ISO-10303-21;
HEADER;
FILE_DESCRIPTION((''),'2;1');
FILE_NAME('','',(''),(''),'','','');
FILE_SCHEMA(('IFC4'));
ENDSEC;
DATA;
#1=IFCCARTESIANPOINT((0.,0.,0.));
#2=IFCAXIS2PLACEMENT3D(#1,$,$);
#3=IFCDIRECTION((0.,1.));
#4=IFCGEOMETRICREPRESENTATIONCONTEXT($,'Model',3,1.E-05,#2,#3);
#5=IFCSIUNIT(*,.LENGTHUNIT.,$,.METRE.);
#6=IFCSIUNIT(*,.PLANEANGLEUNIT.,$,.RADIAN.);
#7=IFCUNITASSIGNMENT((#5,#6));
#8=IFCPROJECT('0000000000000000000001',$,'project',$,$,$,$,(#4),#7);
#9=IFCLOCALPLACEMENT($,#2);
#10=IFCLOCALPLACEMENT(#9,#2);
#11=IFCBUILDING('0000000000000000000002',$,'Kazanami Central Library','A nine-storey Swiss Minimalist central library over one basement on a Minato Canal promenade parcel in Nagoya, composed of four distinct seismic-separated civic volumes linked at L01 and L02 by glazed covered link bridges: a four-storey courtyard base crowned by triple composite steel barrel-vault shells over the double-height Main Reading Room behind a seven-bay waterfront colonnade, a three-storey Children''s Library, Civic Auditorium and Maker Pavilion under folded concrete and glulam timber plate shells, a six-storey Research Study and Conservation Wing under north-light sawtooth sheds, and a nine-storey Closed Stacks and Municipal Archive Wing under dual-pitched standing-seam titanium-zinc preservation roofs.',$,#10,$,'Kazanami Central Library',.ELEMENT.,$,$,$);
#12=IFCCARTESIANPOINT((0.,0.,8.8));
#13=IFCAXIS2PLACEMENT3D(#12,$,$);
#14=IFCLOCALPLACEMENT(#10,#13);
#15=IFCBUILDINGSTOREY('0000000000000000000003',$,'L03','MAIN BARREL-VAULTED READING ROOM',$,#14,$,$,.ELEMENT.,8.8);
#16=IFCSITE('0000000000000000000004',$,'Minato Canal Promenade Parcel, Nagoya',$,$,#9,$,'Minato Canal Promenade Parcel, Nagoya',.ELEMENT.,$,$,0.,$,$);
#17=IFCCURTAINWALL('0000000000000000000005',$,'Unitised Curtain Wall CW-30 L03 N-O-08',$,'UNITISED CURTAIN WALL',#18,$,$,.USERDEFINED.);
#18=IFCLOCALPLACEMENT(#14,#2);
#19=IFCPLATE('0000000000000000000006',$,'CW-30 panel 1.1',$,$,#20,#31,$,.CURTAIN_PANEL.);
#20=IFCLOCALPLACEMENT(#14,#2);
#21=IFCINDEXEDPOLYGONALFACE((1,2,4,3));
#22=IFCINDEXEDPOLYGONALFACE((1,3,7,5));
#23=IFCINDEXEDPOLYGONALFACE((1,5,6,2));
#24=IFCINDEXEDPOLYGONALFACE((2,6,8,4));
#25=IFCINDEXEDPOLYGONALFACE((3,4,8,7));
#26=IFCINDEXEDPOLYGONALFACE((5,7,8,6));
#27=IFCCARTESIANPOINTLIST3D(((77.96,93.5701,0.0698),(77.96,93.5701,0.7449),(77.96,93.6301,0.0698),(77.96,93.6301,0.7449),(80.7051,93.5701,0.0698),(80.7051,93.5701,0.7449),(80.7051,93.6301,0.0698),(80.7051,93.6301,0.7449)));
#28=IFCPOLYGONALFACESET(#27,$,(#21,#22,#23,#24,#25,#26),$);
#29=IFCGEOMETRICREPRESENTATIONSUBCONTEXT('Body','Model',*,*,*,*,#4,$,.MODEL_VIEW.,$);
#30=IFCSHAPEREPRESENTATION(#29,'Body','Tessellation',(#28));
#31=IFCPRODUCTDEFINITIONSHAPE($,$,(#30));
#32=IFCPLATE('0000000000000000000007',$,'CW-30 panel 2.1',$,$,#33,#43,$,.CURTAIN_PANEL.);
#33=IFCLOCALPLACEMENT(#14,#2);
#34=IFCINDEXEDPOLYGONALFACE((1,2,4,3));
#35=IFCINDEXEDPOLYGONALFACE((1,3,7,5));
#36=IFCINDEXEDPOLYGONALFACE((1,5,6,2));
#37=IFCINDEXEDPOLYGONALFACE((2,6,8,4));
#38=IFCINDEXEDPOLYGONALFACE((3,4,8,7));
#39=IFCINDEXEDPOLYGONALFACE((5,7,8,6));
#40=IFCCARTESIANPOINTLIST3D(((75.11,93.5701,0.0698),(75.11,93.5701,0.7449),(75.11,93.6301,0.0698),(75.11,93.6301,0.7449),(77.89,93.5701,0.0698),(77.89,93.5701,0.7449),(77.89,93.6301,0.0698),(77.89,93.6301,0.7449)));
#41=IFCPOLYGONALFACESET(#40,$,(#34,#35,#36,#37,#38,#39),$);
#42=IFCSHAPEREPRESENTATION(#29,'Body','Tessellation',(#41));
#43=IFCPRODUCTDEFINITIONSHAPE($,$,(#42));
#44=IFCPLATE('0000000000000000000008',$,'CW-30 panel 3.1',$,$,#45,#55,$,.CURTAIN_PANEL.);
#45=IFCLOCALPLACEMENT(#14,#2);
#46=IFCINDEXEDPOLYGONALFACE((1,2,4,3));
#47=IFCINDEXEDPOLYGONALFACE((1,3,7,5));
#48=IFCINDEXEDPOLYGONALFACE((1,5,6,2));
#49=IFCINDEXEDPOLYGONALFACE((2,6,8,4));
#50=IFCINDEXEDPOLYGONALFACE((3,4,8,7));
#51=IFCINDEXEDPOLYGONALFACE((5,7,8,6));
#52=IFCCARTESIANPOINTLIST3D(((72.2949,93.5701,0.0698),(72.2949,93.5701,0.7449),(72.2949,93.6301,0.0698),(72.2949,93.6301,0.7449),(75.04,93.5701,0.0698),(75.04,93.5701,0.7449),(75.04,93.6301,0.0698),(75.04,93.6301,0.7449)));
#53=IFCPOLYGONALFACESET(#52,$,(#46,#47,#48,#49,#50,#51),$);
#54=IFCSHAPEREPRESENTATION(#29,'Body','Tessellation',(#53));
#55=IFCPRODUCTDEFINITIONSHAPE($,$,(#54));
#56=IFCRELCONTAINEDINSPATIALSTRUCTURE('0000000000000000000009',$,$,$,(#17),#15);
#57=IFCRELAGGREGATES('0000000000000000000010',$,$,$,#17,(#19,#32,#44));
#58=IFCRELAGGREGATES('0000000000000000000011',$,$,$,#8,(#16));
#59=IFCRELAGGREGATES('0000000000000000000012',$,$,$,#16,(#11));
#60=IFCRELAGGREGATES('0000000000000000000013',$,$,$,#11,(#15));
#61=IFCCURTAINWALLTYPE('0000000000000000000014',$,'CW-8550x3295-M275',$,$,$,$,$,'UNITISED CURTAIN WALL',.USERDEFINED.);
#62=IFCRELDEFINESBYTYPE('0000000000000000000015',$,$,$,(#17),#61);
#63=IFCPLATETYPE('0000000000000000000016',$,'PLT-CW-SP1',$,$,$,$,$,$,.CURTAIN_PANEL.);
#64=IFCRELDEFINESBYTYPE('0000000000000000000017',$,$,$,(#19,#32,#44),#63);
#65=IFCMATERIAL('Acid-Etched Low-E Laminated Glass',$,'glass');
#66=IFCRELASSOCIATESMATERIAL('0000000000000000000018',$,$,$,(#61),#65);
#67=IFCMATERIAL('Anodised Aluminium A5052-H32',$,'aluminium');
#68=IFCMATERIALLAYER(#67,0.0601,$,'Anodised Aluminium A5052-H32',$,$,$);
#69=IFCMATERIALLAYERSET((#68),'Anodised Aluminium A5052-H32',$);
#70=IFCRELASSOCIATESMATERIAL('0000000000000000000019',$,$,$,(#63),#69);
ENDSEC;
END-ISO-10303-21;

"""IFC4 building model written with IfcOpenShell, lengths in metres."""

from ifc_helpers import new_model, si_unit, direction, frame, origin, origin_2d, place, context, subcontext, project, spatial, rectangle, extrude, material, layer, layer_set, type_object, element, aggregate, save


model = new_model("IFC4")

# Units and contexts
model_context = context("Model", 3, precision=1e-05, world=origin(), true_north=direction((0.0, 1.0)))
body_context = subcontext(model_context, "Body", "Model", "MODEL_VIEW")
ifc_project = project(units=[si_unit("LENGTHUNIT", "METRE"), si_unit("PLANEANGLEUNIT", "RADIAN")], contexts=[model_context])

# Site, building, storey
site_placement = place(None, origin())
site = spatial("IfcSite", under=ifc_project, at=site_placement, Name="Minato Canal Promenade Parcel, Nagoya", LongName="Minato Canal Promenade Parcel, Nagoya", CompositionType="ELEMENT", RefElevation=0.0)
building_placement = place(site_placement, origin())
building = spatial("IfcBuilding", under=site, at=building_placement, Name="Kazanami Central Library", Description="A nine-storey Swiss Minimalist central library over one basement on a Minato Canal promenade parcel in Nagoya, composed of four distinct seismic-separated civic volumes linked at L01 and L02 by glazed covered link bridges: a four-storey courtyard base crowned by triple composite steel barrel-vault shells over the double-height Main Reading Room behind a seven-bay waterfront colonnade, a three-storey Children's Library, Civic Auditorium and Maker Pavilion under folded concrete and glulam timber plate shells, a six-storey Research Study and Conservation Wing under north-light sawtooth sheds, and a nine-storey Closed Stacks and Municipal Archive Wing under dual-pitched standing-seam titanium-zinc preservation roofs.", LongName="Kazanami Central Library", CompositionType="ELEMENT")
storey_placement = place(building_placement, frame((0.0, 0.0, 8.8)))
storey = spatial("IfcBuildingStorey", under=building, at=storey_placement, Name="L03", Description="MAIN BARREL-VAULTED READING ROOM", CompositionType="ELEMENT", Elevation=8.8)

# Shared definitions
ifc_material_1 = material(Name="Acid-Etched Low-E Laminated Glass", Category="glass")
curtain_wall_type = type_object("IfcCurtainWallType", Name="CW-8550x3295-M275", ElementType="UNITISED CURTAIN WALL", PredefinedType="USERDEFINED", material=ifc_material_1)

# Curtain wall
curtain_wall_1_placement = place(storey_placement, origin())
curtain_wall_1 = element("IfcCurtainWall", 1, at=curtain_wall_1_placement, inside=storey, type_object=curtain_wall_type, Name="Unitised Curtain Wall CW-30 L03 N-O-08", ObjectType="UNITISED CURTAIN WALL", PredefinedType="USERDEFINED")

# Plates
ifc_material_2 = material(Name="Anodised Aluminium A5052-H32", Category="aluminium")
ifc_layer_1 = layer(ifc_material_2, 0.0601, Name="Anodised Aluminium A5052-H32")
ifc_layer_set_1 = layer_set([ifc_layer_1], Name="Anodised Aluminium A5052-H32")
plate_type_1 = type_object("IfcPlateType", Name="PLT-CW-SP1", PredefinedType="CURTAIN_PANEL", material=ifc_layer_set_1)
plate_1_placement = place(storey_placement, frame((79.3325, 93.6001, 0.0698), z_axis=(0.0, 0.0, 1.0), x_axis=(-1.0, 0.0, 0.0)))
plate_1 = element("IfcPlate", 2, at=plate_1_placement, type_object=plate_type_1, Name="CW-30 panel 1.1", PredefinedType="CURTAIN_PANEL", context=body_context, shape_type="SweptSolid", body=[
    extrude(rectangle(XDim=2.7451, YDim=0.0601, at=origin_2d()), origin(), (0.0, 0.0, 1.0), 0.675),
])
plate_2_placement = place(storey_placement, frame((76.5, 93.6001, 0.0698), z_axis=(0.0, 0.0, 1.0), x_axis=(-1.0, 0.0, 0.0)))
plate_2 = element("IfcPlate", 3, at=plate_2_placement, type_object=plate_type_1, Name="CW-30 panel 2.1", PredefinedType="CURTAIN_PANEL", context=body_context, shape_type="SweptSolid", body=[
    extrude(rectangle(XDim=2.78, YDim=0.0601, at=origin_2d()), origin(), (0.0, 0.0, 1.0), 0.675),
])
plate_3_placement = place(storey_placement, frame((73.6675, 93.6001, 0.0698), z_axis=(0.0, 0.0, 1.0), x_axis=(-1.0, 0.0, 0.0)))
plate_3 = element("IfcPlate", 4, at=plate_3_placement, type_object=plate_type_1, Name="CW-30 panel 3.1", PredefinedType="CURTAIN_PANEL", context=body_context, shape_type="SweptSolid", body=[
    extrude(rectangle(XDim=2.7451, YDim=0.0601, at=origin_2d()), origin(), (0.0, 0.0, 1.0), 0.675),
])
aggregate(curtain_wall_1, [plate_1, plate_2, plate_3])

save(model, "model.ifc")
